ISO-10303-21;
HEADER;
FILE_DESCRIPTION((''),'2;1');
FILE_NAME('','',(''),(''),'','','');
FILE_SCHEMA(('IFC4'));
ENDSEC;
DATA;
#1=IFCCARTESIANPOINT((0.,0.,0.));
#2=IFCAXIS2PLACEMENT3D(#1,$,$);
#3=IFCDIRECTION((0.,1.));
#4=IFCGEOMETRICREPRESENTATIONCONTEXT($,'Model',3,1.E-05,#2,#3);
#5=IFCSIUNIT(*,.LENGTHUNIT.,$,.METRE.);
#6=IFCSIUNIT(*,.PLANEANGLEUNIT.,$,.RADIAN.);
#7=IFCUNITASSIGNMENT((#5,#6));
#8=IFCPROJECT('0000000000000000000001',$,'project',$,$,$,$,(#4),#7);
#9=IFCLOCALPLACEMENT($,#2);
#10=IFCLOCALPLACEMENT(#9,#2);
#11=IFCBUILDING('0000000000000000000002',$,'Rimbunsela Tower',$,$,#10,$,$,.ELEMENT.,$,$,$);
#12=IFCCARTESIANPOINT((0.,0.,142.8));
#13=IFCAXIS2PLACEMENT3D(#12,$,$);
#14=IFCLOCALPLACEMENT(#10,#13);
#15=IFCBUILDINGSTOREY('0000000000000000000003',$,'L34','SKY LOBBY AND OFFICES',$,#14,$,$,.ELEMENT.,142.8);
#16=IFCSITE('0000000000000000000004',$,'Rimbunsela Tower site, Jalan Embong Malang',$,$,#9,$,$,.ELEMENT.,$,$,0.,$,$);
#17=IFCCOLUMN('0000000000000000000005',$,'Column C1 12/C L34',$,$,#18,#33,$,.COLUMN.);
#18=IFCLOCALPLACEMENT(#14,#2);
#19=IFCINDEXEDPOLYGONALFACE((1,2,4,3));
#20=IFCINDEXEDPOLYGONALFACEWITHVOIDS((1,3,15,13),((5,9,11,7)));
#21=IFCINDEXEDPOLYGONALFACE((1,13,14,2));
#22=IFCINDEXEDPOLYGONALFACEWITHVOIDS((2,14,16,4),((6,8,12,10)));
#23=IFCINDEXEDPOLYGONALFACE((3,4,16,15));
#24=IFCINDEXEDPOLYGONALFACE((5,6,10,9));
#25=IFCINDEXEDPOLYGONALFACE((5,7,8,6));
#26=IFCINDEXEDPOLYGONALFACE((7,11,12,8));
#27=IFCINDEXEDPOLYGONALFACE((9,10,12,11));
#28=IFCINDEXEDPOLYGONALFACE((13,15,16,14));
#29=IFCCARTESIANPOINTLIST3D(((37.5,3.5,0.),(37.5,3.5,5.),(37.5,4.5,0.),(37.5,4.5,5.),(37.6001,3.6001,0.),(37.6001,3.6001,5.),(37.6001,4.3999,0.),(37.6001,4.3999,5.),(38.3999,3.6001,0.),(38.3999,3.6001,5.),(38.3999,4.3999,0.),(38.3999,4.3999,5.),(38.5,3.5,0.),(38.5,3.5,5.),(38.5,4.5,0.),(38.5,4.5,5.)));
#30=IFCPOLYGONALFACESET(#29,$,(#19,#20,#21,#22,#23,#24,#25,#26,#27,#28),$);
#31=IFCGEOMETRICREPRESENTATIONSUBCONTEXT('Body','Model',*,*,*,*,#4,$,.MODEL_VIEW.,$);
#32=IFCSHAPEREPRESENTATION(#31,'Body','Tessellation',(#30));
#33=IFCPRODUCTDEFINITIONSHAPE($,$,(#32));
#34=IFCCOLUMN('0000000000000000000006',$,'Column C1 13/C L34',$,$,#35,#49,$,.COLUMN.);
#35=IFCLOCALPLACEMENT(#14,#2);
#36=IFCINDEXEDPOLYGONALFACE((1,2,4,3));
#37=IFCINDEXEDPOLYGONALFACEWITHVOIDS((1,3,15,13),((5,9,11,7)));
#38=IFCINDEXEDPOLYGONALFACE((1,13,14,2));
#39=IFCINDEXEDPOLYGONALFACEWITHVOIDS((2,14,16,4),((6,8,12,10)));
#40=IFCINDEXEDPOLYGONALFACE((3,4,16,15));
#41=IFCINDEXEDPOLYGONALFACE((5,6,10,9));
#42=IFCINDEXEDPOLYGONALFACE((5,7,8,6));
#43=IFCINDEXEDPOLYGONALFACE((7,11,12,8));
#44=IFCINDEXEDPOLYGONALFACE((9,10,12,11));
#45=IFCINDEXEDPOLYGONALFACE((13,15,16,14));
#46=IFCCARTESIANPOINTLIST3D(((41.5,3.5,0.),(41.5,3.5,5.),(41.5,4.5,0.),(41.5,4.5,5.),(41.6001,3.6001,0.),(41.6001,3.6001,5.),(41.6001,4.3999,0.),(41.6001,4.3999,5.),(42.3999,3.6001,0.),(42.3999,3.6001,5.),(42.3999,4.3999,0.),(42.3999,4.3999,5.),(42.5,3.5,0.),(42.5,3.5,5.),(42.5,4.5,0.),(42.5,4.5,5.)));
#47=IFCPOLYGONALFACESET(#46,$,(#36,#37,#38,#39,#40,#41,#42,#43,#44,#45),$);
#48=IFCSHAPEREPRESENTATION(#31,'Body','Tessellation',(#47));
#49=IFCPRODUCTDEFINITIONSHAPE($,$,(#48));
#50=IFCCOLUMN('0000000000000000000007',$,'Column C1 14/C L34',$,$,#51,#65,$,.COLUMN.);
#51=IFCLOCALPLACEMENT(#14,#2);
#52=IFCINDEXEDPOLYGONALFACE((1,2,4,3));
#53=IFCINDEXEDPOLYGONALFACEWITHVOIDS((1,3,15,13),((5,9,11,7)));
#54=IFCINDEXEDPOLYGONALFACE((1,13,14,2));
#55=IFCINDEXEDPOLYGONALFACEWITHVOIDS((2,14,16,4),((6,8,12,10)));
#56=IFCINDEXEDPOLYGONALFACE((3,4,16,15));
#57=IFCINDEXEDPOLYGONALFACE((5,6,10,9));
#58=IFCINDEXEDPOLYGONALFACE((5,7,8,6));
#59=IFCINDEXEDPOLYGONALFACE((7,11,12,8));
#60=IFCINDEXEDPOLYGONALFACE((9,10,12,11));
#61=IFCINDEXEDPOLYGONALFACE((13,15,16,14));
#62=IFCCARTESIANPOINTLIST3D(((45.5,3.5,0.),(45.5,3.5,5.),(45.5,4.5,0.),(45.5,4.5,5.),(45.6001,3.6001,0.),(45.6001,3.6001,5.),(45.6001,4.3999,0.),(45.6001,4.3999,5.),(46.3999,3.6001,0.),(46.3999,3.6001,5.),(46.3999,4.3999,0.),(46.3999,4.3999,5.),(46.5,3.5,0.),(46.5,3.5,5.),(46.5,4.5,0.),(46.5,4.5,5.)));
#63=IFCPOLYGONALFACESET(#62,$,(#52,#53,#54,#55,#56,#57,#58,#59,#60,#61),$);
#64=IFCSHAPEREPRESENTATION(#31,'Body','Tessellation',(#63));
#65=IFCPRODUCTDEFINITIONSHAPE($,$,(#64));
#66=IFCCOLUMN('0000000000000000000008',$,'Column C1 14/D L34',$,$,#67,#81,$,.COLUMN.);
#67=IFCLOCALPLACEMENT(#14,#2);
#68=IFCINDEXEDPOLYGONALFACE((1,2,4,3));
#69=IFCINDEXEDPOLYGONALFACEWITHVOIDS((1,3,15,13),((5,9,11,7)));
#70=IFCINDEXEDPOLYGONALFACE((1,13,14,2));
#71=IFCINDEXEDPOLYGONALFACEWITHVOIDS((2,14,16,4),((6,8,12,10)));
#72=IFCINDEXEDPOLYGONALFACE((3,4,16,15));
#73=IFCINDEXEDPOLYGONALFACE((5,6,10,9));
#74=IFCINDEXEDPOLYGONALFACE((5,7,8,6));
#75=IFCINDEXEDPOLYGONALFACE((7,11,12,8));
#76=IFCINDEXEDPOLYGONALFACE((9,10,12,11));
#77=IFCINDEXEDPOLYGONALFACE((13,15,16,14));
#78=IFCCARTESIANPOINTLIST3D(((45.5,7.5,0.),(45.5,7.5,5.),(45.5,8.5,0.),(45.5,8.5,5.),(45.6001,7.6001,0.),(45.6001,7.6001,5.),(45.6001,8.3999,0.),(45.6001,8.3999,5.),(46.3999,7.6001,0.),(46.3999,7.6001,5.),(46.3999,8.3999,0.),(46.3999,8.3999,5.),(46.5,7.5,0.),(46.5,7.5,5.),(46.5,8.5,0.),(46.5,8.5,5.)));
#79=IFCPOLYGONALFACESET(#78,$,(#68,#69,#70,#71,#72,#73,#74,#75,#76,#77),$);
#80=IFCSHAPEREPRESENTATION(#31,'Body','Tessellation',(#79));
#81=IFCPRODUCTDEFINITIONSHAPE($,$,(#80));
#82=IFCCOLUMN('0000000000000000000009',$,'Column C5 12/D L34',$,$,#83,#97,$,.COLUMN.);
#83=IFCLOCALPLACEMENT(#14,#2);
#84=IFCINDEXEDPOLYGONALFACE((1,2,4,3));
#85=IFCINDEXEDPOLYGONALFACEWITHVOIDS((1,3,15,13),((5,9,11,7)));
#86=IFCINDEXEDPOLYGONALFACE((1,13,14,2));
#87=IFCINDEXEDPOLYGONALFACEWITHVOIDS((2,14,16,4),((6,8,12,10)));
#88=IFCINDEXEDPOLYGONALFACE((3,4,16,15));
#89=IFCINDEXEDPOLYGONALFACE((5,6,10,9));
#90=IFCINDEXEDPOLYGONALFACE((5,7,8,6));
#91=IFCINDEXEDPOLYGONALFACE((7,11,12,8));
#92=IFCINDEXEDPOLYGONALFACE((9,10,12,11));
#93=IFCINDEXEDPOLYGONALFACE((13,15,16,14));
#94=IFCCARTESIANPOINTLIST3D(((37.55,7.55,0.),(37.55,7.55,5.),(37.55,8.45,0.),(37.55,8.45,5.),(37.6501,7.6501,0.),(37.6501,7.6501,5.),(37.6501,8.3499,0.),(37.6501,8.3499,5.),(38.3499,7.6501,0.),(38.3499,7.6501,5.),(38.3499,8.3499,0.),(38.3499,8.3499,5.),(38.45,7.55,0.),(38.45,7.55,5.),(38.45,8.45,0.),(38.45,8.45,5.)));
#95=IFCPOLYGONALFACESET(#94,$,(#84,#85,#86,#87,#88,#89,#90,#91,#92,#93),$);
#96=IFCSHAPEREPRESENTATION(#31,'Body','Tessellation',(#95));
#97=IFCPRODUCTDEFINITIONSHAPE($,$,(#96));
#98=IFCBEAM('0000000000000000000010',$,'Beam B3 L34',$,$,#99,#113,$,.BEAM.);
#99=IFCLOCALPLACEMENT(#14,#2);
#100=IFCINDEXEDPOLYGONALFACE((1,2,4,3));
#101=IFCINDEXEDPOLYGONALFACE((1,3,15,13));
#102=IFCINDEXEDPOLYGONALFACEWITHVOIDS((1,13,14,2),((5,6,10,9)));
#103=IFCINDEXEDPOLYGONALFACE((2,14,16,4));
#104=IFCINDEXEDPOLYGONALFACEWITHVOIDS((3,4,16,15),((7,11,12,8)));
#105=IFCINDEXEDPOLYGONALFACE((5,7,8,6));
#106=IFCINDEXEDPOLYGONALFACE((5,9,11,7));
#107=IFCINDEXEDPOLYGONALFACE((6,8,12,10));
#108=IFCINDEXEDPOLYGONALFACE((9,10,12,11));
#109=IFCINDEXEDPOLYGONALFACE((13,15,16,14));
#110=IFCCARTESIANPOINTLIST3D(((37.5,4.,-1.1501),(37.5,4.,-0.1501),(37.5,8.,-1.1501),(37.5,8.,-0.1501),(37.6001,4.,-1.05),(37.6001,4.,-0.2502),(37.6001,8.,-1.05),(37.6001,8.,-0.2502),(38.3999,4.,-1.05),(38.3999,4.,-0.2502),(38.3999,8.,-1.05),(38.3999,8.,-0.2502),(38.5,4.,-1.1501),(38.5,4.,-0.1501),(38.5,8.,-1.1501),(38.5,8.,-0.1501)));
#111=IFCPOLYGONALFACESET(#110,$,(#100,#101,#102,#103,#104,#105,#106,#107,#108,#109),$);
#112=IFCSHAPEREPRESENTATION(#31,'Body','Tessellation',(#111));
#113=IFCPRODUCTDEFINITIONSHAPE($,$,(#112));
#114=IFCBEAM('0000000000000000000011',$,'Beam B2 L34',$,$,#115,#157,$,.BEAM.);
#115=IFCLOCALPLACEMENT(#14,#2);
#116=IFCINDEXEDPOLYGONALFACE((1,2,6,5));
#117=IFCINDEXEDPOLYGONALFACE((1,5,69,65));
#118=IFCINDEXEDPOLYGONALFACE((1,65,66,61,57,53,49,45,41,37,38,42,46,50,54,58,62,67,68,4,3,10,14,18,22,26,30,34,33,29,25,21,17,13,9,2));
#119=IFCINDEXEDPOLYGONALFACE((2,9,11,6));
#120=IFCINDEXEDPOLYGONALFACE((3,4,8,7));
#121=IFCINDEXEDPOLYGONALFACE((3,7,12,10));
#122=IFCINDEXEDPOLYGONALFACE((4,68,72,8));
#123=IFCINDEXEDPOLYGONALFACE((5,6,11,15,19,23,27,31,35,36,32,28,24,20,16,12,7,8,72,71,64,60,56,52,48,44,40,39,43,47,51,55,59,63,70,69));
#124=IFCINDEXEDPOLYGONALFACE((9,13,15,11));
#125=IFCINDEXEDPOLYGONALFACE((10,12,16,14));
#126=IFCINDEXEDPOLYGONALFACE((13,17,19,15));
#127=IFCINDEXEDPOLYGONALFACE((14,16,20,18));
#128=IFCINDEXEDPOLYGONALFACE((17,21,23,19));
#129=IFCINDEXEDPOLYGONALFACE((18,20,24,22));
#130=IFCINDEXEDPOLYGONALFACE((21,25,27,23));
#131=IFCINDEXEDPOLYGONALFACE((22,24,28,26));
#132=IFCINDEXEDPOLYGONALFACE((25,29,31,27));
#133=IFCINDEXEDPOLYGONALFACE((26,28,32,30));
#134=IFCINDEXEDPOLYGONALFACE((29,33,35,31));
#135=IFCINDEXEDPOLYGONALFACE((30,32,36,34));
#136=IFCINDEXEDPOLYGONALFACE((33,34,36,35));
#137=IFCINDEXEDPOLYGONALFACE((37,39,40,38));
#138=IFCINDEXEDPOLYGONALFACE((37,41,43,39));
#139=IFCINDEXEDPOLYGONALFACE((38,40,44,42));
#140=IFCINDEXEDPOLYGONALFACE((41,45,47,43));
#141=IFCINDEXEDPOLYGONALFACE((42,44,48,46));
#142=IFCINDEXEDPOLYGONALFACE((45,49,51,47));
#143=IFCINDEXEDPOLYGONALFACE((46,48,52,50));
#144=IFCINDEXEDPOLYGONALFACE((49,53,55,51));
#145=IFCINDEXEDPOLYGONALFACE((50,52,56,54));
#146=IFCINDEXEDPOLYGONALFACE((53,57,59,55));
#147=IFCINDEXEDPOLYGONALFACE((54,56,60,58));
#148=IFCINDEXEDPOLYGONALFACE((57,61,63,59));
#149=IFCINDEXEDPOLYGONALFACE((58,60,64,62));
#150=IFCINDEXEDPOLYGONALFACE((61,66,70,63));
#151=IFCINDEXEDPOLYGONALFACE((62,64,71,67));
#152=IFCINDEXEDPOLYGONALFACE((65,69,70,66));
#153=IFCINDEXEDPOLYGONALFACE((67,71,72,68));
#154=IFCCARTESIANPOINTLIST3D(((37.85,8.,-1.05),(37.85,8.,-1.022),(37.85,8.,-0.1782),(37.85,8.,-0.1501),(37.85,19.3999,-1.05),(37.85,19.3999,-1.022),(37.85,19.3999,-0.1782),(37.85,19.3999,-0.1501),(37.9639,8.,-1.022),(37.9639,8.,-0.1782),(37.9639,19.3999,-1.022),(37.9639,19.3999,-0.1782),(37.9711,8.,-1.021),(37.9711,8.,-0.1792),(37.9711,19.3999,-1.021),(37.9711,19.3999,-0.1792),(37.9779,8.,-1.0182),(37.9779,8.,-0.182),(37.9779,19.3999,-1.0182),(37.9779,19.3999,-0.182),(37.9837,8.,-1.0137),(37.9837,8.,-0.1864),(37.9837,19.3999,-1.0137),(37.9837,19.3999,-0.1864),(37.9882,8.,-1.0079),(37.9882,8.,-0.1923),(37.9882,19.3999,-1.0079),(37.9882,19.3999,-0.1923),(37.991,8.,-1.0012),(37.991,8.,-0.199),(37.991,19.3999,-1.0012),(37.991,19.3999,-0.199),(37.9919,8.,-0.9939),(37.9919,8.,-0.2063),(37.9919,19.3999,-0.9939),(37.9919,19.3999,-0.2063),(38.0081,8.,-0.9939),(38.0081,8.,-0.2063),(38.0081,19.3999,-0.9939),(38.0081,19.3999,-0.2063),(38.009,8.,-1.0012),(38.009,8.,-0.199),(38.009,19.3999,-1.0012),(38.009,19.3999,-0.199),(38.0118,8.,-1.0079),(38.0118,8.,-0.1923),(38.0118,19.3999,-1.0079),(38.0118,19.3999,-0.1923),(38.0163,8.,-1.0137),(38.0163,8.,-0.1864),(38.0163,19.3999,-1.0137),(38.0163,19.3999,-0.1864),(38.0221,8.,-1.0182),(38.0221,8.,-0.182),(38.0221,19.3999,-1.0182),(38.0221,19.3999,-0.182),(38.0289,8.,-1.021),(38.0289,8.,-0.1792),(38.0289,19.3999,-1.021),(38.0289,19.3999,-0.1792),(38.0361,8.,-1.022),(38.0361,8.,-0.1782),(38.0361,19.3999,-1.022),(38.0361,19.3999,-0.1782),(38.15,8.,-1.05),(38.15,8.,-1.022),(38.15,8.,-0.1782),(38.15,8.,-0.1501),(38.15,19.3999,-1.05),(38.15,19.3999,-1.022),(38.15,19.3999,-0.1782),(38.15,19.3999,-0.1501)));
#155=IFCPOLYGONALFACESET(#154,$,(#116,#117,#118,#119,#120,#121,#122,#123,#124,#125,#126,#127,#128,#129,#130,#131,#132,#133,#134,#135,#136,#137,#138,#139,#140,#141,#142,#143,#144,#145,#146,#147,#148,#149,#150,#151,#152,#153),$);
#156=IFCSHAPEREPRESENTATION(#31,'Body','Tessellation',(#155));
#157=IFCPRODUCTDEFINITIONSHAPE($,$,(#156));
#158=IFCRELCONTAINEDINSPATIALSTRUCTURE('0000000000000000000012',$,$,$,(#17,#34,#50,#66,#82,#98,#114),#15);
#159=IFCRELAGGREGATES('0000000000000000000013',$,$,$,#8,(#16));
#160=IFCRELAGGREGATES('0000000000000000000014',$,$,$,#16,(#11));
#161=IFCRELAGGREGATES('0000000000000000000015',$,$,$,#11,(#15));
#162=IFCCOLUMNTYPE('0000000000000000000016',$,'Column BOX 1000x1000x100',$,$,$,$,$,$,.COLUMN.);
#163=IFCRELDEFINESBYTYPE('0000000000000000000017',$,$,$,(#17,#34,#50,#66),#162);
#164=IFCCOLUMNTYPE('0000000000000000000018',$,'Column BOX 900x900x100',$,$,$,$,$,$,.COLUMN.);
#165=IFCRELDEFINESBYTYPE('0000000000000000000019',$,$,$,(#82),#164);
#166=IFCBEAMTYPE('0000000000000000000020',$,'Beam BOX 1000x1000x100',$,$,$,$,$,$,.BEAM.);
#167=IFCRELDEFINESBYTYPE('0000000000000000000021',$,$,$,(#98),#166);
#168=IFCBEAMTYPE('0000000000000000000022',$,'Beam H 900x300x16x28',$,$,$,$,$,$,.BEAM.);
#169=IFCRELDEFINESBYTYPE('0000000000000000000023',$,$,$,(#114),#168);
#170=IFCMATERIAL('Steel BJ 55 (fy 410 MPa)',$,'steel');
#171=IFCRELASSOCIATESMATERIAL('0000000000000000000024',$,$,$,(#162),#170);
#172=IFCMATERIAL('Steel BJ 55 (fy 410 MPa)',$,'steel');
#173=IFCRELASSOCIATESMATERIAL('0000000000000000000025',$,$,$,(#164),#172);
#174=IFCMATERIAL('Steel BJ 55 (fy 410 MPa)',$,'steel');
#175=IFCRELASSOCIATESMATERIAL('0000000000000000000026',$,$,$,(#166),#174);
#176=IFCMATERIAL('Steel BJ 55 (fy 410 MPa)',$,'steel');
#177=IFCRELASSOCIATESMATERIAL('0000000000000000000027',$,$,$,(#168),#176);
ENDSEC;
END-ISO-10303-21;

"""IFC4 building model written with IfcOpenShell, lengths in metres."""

from ifc_helpers import new_model, si_unit, direction, frame, origin, origin_2d, place, context, subcontext, project, spatial, hollow_rectangle, i_section, extrude, material, material_profile, profile_set, type_object, element, save


model = new_model("IFC4")

# Units and contexts
model_context = context("Model", 3, precision=1e-05, world=origin(), true_north=direction((0.0, 1.0)))
body_context = subcontext(model_context, "Body", "Model", "MODEL_VIEW")
ifc_project = project(units=[si_unit("LENGTHUNIT", "METRE"), si_unit("PLANEANGLEUNIT", "RADIAN")], contexts=[model_context])

# Site, building, storey
site_placement = place(None, origin())
site = spatial("IfcSite", under=ifc_project, at=site_placement, Name="Rimbunsela Tower site, Jalan Embong Malang", CompositionType="ELEMENT", RefElevation=0.0)
building_placement = place(site_placement, origin())
building = spatial("IfcBuilding", under=site, at=building_placement, Name="Rimbunsela Tower", CompositionType="ELEMENT")
storey_placement = place(building_placement, frame((0.0, 0.0, 142.8)))
storey = spatial("IfcBuildingStorey", under=building, at=storey_placement, Name="L34", Description="SKY LOBBY AND OFFICES", CompositionType="ELEMENT", Elevation=142.8)

# Columns
ifc_material_1 = material(Name="Steel BJ 55 (fy 410 MPa)", Category="steel")
ifc_material_profile_1 = material_profile(ifc_material_1, hollow_rectangle(XDim=1.0, YDim=1.0, WallThickness=0.1001, at=origin_2d()), Name="BOX 1000x1000x100")
ifc_profile_set_1 = profile_set([ifc_material_profile_1], Name="Steel BJ 55 (fy 410 MPa)")
column_type_1 = type_object("IfcColumnType", Name="Column BOX 1000x1000x100", PredefinedType="COLUMN", material=ifc_profile_set_1)
for number, where, z_axis, x_axis, name in (
    (1, (38.0, 4.0, 0.0), (0.0, 0.0, 1.0), (1.0, 0.0, 0.0), "Column C1 12/C L34"),
    (2, (42.0, 4.0, 0.0), (0.0, 0.0, 1.0), (1.0, 0.0, 0.0), "Column C1 13/C L34"),
    (3, (46.0, 4.0, 0.0), (0.0, 0.0, 1.0), (1.0, 0.0, 0.0), "Column C1 14/C L34"),
    (4, (46.0, 8.0, 0.0), (0.0, 0.0, 1.0), (1.0, 0.0, 0.0), "Column C1 14/D L34"),
):
    element("IfcColumn", number, at=place(storey_placement, frame(where, z_axis=z_axis, x_axis=x_axis)), inside=storey, type_object=column_type_1, Name=name, PredefinedType="COLUMN", context=body_context, shape_type="SweptSolid", body=[
        extrude(hollow_rectangle(XDim=1.0, YDim=1.0, WallThickness=0.1001, at=origin_2d()), origin(), (0.0, 0.0, 1.0), 5.0),
    ])
ifc_material_2 = material(Name="Steel BJ 55 (fy 410 MPa)", Category="steel")
ifc_material_profile_2 = material_profile(ifc_material_2, hollow_rectangle(XDim=0.8999, YDim=0.8999, WallThickness=0.1001, at=origin_2d()), Name="BOX 900x900x100")
ifc_profile_set_2 = profile_set([ifc_material_profile_2], Name="Steel BJ 55 (fy 410 MPa)")
column_type_2 = type_object("IfcColumnType", Name="Column BOX 900x900x100", PredefinedType="COLUMN", material=ifc_profile_set_2)
column_placement = place(storey_placement, frame((38.0, 8.0, 0.0), z_axis=(0.0, 0.0, 1.0), x_axis=(1.0, 0.0, 0.0)))
element("IfcColumn", 5, at=column_placement, inside=storey, type_object=column_type_2, Name="Column C5 12/D L34", PredefinedType="COLUMN", context=body_context, shape_type="SweptSolid", body=[
    extrude(hollow_rectangle(XDim=0.8999, YDim=0.8999, WallThickness=0.1001, at=origin_2d()), origin(), (0.0, 0.0, 1.0), 5.0),
])

# Beams
ifc_material_3 = material(Name="Steel BJ 55 (fy 410 MPa)", Category="steel")
ifc_material_profile_3 = material_profile(ifc_material_3, hollow_rectangle(XDim=1.0, YDim=1.0, WallThickness=0.1001, at=origin_2d()), Name="BOX 1000x1000x100")
ifc_profile_set_3 = profile_set([ifc_material_profile_3], Name="Steel BJ 55 (fy 410 MPa)")
beam_type_1 = type_object("IfcBeamType", Name="Beam BOX 1000x1000x100", PredefinedType="BEAM", material=ifc_profile_set_3)
beam_1_placement = place(storey_placement, frame((38.0, 4.0, -0.6501), z_axis=(0.0, 1.0, 0.0), x_axis=(-1.0, 0.0, 0.0)))
element("IfcBeam", 6, at=beam_1_placement, inside=storey, type_object=beam_type_1, Name="Beam B3 L34", PredefinedType="BEAM", context=body_context, shape_type="SweptSolid", body=[
    extrude(hollow_rectangle(XDim=1.0, YDim=1.0, WallThickness=0.1001, at=origin_2d()), origin(), (0.0, 0.0, 1.0), 4.0),
])
ifc_material_4 = material(Name="Steel BJ 55 (fy 410 MPa)", Category="steel")
ifc_material_profile_4 = material_profile(ifc_material_4, i_section(OverallWidth=0.3, OverallDepth=0.8999, WebThickness=0.0161, FlangeThickness=0.0281, FilletRadius=0.0281, at=origin_2d()), Name="H 900x300x16x28")
ifc_profile_set_4 = profile_set([ifc_material_profile_4], Name="Steel BJ 55 (fy 410 MPa)")
beam_type_2 = type_object("IfcBeamType", Name="Beam H 900x300x16x28", PredefinedType="BEAM", material=ifc_profile_set_4)
beam_2_placement = place(storey_placement, frame((38.0, 8.0, -0.6001), z_axis=(0.0, 1.0, 0.0), x_axis=(-1.0, 0.0, 0.0)))
element("IfcBeam", 7, at=beam_2_placement, inside=storey, type_object=beam_type_2, Name="Beam B2 L34", PredefinedType="BEAM", context=body_context, shape_type="SweptSolid", body=[
    extrude(i_section(OverallWidth=0.3, OverallDepth=0.8999, WebThickness=0.0161, FlangeThickness=0.0281, FilletRadius=0.0281, at=origin_2d()), origin(), (0.0, 0.0, 1.0), 11.3999),
])

save(model, "model.ifc")
